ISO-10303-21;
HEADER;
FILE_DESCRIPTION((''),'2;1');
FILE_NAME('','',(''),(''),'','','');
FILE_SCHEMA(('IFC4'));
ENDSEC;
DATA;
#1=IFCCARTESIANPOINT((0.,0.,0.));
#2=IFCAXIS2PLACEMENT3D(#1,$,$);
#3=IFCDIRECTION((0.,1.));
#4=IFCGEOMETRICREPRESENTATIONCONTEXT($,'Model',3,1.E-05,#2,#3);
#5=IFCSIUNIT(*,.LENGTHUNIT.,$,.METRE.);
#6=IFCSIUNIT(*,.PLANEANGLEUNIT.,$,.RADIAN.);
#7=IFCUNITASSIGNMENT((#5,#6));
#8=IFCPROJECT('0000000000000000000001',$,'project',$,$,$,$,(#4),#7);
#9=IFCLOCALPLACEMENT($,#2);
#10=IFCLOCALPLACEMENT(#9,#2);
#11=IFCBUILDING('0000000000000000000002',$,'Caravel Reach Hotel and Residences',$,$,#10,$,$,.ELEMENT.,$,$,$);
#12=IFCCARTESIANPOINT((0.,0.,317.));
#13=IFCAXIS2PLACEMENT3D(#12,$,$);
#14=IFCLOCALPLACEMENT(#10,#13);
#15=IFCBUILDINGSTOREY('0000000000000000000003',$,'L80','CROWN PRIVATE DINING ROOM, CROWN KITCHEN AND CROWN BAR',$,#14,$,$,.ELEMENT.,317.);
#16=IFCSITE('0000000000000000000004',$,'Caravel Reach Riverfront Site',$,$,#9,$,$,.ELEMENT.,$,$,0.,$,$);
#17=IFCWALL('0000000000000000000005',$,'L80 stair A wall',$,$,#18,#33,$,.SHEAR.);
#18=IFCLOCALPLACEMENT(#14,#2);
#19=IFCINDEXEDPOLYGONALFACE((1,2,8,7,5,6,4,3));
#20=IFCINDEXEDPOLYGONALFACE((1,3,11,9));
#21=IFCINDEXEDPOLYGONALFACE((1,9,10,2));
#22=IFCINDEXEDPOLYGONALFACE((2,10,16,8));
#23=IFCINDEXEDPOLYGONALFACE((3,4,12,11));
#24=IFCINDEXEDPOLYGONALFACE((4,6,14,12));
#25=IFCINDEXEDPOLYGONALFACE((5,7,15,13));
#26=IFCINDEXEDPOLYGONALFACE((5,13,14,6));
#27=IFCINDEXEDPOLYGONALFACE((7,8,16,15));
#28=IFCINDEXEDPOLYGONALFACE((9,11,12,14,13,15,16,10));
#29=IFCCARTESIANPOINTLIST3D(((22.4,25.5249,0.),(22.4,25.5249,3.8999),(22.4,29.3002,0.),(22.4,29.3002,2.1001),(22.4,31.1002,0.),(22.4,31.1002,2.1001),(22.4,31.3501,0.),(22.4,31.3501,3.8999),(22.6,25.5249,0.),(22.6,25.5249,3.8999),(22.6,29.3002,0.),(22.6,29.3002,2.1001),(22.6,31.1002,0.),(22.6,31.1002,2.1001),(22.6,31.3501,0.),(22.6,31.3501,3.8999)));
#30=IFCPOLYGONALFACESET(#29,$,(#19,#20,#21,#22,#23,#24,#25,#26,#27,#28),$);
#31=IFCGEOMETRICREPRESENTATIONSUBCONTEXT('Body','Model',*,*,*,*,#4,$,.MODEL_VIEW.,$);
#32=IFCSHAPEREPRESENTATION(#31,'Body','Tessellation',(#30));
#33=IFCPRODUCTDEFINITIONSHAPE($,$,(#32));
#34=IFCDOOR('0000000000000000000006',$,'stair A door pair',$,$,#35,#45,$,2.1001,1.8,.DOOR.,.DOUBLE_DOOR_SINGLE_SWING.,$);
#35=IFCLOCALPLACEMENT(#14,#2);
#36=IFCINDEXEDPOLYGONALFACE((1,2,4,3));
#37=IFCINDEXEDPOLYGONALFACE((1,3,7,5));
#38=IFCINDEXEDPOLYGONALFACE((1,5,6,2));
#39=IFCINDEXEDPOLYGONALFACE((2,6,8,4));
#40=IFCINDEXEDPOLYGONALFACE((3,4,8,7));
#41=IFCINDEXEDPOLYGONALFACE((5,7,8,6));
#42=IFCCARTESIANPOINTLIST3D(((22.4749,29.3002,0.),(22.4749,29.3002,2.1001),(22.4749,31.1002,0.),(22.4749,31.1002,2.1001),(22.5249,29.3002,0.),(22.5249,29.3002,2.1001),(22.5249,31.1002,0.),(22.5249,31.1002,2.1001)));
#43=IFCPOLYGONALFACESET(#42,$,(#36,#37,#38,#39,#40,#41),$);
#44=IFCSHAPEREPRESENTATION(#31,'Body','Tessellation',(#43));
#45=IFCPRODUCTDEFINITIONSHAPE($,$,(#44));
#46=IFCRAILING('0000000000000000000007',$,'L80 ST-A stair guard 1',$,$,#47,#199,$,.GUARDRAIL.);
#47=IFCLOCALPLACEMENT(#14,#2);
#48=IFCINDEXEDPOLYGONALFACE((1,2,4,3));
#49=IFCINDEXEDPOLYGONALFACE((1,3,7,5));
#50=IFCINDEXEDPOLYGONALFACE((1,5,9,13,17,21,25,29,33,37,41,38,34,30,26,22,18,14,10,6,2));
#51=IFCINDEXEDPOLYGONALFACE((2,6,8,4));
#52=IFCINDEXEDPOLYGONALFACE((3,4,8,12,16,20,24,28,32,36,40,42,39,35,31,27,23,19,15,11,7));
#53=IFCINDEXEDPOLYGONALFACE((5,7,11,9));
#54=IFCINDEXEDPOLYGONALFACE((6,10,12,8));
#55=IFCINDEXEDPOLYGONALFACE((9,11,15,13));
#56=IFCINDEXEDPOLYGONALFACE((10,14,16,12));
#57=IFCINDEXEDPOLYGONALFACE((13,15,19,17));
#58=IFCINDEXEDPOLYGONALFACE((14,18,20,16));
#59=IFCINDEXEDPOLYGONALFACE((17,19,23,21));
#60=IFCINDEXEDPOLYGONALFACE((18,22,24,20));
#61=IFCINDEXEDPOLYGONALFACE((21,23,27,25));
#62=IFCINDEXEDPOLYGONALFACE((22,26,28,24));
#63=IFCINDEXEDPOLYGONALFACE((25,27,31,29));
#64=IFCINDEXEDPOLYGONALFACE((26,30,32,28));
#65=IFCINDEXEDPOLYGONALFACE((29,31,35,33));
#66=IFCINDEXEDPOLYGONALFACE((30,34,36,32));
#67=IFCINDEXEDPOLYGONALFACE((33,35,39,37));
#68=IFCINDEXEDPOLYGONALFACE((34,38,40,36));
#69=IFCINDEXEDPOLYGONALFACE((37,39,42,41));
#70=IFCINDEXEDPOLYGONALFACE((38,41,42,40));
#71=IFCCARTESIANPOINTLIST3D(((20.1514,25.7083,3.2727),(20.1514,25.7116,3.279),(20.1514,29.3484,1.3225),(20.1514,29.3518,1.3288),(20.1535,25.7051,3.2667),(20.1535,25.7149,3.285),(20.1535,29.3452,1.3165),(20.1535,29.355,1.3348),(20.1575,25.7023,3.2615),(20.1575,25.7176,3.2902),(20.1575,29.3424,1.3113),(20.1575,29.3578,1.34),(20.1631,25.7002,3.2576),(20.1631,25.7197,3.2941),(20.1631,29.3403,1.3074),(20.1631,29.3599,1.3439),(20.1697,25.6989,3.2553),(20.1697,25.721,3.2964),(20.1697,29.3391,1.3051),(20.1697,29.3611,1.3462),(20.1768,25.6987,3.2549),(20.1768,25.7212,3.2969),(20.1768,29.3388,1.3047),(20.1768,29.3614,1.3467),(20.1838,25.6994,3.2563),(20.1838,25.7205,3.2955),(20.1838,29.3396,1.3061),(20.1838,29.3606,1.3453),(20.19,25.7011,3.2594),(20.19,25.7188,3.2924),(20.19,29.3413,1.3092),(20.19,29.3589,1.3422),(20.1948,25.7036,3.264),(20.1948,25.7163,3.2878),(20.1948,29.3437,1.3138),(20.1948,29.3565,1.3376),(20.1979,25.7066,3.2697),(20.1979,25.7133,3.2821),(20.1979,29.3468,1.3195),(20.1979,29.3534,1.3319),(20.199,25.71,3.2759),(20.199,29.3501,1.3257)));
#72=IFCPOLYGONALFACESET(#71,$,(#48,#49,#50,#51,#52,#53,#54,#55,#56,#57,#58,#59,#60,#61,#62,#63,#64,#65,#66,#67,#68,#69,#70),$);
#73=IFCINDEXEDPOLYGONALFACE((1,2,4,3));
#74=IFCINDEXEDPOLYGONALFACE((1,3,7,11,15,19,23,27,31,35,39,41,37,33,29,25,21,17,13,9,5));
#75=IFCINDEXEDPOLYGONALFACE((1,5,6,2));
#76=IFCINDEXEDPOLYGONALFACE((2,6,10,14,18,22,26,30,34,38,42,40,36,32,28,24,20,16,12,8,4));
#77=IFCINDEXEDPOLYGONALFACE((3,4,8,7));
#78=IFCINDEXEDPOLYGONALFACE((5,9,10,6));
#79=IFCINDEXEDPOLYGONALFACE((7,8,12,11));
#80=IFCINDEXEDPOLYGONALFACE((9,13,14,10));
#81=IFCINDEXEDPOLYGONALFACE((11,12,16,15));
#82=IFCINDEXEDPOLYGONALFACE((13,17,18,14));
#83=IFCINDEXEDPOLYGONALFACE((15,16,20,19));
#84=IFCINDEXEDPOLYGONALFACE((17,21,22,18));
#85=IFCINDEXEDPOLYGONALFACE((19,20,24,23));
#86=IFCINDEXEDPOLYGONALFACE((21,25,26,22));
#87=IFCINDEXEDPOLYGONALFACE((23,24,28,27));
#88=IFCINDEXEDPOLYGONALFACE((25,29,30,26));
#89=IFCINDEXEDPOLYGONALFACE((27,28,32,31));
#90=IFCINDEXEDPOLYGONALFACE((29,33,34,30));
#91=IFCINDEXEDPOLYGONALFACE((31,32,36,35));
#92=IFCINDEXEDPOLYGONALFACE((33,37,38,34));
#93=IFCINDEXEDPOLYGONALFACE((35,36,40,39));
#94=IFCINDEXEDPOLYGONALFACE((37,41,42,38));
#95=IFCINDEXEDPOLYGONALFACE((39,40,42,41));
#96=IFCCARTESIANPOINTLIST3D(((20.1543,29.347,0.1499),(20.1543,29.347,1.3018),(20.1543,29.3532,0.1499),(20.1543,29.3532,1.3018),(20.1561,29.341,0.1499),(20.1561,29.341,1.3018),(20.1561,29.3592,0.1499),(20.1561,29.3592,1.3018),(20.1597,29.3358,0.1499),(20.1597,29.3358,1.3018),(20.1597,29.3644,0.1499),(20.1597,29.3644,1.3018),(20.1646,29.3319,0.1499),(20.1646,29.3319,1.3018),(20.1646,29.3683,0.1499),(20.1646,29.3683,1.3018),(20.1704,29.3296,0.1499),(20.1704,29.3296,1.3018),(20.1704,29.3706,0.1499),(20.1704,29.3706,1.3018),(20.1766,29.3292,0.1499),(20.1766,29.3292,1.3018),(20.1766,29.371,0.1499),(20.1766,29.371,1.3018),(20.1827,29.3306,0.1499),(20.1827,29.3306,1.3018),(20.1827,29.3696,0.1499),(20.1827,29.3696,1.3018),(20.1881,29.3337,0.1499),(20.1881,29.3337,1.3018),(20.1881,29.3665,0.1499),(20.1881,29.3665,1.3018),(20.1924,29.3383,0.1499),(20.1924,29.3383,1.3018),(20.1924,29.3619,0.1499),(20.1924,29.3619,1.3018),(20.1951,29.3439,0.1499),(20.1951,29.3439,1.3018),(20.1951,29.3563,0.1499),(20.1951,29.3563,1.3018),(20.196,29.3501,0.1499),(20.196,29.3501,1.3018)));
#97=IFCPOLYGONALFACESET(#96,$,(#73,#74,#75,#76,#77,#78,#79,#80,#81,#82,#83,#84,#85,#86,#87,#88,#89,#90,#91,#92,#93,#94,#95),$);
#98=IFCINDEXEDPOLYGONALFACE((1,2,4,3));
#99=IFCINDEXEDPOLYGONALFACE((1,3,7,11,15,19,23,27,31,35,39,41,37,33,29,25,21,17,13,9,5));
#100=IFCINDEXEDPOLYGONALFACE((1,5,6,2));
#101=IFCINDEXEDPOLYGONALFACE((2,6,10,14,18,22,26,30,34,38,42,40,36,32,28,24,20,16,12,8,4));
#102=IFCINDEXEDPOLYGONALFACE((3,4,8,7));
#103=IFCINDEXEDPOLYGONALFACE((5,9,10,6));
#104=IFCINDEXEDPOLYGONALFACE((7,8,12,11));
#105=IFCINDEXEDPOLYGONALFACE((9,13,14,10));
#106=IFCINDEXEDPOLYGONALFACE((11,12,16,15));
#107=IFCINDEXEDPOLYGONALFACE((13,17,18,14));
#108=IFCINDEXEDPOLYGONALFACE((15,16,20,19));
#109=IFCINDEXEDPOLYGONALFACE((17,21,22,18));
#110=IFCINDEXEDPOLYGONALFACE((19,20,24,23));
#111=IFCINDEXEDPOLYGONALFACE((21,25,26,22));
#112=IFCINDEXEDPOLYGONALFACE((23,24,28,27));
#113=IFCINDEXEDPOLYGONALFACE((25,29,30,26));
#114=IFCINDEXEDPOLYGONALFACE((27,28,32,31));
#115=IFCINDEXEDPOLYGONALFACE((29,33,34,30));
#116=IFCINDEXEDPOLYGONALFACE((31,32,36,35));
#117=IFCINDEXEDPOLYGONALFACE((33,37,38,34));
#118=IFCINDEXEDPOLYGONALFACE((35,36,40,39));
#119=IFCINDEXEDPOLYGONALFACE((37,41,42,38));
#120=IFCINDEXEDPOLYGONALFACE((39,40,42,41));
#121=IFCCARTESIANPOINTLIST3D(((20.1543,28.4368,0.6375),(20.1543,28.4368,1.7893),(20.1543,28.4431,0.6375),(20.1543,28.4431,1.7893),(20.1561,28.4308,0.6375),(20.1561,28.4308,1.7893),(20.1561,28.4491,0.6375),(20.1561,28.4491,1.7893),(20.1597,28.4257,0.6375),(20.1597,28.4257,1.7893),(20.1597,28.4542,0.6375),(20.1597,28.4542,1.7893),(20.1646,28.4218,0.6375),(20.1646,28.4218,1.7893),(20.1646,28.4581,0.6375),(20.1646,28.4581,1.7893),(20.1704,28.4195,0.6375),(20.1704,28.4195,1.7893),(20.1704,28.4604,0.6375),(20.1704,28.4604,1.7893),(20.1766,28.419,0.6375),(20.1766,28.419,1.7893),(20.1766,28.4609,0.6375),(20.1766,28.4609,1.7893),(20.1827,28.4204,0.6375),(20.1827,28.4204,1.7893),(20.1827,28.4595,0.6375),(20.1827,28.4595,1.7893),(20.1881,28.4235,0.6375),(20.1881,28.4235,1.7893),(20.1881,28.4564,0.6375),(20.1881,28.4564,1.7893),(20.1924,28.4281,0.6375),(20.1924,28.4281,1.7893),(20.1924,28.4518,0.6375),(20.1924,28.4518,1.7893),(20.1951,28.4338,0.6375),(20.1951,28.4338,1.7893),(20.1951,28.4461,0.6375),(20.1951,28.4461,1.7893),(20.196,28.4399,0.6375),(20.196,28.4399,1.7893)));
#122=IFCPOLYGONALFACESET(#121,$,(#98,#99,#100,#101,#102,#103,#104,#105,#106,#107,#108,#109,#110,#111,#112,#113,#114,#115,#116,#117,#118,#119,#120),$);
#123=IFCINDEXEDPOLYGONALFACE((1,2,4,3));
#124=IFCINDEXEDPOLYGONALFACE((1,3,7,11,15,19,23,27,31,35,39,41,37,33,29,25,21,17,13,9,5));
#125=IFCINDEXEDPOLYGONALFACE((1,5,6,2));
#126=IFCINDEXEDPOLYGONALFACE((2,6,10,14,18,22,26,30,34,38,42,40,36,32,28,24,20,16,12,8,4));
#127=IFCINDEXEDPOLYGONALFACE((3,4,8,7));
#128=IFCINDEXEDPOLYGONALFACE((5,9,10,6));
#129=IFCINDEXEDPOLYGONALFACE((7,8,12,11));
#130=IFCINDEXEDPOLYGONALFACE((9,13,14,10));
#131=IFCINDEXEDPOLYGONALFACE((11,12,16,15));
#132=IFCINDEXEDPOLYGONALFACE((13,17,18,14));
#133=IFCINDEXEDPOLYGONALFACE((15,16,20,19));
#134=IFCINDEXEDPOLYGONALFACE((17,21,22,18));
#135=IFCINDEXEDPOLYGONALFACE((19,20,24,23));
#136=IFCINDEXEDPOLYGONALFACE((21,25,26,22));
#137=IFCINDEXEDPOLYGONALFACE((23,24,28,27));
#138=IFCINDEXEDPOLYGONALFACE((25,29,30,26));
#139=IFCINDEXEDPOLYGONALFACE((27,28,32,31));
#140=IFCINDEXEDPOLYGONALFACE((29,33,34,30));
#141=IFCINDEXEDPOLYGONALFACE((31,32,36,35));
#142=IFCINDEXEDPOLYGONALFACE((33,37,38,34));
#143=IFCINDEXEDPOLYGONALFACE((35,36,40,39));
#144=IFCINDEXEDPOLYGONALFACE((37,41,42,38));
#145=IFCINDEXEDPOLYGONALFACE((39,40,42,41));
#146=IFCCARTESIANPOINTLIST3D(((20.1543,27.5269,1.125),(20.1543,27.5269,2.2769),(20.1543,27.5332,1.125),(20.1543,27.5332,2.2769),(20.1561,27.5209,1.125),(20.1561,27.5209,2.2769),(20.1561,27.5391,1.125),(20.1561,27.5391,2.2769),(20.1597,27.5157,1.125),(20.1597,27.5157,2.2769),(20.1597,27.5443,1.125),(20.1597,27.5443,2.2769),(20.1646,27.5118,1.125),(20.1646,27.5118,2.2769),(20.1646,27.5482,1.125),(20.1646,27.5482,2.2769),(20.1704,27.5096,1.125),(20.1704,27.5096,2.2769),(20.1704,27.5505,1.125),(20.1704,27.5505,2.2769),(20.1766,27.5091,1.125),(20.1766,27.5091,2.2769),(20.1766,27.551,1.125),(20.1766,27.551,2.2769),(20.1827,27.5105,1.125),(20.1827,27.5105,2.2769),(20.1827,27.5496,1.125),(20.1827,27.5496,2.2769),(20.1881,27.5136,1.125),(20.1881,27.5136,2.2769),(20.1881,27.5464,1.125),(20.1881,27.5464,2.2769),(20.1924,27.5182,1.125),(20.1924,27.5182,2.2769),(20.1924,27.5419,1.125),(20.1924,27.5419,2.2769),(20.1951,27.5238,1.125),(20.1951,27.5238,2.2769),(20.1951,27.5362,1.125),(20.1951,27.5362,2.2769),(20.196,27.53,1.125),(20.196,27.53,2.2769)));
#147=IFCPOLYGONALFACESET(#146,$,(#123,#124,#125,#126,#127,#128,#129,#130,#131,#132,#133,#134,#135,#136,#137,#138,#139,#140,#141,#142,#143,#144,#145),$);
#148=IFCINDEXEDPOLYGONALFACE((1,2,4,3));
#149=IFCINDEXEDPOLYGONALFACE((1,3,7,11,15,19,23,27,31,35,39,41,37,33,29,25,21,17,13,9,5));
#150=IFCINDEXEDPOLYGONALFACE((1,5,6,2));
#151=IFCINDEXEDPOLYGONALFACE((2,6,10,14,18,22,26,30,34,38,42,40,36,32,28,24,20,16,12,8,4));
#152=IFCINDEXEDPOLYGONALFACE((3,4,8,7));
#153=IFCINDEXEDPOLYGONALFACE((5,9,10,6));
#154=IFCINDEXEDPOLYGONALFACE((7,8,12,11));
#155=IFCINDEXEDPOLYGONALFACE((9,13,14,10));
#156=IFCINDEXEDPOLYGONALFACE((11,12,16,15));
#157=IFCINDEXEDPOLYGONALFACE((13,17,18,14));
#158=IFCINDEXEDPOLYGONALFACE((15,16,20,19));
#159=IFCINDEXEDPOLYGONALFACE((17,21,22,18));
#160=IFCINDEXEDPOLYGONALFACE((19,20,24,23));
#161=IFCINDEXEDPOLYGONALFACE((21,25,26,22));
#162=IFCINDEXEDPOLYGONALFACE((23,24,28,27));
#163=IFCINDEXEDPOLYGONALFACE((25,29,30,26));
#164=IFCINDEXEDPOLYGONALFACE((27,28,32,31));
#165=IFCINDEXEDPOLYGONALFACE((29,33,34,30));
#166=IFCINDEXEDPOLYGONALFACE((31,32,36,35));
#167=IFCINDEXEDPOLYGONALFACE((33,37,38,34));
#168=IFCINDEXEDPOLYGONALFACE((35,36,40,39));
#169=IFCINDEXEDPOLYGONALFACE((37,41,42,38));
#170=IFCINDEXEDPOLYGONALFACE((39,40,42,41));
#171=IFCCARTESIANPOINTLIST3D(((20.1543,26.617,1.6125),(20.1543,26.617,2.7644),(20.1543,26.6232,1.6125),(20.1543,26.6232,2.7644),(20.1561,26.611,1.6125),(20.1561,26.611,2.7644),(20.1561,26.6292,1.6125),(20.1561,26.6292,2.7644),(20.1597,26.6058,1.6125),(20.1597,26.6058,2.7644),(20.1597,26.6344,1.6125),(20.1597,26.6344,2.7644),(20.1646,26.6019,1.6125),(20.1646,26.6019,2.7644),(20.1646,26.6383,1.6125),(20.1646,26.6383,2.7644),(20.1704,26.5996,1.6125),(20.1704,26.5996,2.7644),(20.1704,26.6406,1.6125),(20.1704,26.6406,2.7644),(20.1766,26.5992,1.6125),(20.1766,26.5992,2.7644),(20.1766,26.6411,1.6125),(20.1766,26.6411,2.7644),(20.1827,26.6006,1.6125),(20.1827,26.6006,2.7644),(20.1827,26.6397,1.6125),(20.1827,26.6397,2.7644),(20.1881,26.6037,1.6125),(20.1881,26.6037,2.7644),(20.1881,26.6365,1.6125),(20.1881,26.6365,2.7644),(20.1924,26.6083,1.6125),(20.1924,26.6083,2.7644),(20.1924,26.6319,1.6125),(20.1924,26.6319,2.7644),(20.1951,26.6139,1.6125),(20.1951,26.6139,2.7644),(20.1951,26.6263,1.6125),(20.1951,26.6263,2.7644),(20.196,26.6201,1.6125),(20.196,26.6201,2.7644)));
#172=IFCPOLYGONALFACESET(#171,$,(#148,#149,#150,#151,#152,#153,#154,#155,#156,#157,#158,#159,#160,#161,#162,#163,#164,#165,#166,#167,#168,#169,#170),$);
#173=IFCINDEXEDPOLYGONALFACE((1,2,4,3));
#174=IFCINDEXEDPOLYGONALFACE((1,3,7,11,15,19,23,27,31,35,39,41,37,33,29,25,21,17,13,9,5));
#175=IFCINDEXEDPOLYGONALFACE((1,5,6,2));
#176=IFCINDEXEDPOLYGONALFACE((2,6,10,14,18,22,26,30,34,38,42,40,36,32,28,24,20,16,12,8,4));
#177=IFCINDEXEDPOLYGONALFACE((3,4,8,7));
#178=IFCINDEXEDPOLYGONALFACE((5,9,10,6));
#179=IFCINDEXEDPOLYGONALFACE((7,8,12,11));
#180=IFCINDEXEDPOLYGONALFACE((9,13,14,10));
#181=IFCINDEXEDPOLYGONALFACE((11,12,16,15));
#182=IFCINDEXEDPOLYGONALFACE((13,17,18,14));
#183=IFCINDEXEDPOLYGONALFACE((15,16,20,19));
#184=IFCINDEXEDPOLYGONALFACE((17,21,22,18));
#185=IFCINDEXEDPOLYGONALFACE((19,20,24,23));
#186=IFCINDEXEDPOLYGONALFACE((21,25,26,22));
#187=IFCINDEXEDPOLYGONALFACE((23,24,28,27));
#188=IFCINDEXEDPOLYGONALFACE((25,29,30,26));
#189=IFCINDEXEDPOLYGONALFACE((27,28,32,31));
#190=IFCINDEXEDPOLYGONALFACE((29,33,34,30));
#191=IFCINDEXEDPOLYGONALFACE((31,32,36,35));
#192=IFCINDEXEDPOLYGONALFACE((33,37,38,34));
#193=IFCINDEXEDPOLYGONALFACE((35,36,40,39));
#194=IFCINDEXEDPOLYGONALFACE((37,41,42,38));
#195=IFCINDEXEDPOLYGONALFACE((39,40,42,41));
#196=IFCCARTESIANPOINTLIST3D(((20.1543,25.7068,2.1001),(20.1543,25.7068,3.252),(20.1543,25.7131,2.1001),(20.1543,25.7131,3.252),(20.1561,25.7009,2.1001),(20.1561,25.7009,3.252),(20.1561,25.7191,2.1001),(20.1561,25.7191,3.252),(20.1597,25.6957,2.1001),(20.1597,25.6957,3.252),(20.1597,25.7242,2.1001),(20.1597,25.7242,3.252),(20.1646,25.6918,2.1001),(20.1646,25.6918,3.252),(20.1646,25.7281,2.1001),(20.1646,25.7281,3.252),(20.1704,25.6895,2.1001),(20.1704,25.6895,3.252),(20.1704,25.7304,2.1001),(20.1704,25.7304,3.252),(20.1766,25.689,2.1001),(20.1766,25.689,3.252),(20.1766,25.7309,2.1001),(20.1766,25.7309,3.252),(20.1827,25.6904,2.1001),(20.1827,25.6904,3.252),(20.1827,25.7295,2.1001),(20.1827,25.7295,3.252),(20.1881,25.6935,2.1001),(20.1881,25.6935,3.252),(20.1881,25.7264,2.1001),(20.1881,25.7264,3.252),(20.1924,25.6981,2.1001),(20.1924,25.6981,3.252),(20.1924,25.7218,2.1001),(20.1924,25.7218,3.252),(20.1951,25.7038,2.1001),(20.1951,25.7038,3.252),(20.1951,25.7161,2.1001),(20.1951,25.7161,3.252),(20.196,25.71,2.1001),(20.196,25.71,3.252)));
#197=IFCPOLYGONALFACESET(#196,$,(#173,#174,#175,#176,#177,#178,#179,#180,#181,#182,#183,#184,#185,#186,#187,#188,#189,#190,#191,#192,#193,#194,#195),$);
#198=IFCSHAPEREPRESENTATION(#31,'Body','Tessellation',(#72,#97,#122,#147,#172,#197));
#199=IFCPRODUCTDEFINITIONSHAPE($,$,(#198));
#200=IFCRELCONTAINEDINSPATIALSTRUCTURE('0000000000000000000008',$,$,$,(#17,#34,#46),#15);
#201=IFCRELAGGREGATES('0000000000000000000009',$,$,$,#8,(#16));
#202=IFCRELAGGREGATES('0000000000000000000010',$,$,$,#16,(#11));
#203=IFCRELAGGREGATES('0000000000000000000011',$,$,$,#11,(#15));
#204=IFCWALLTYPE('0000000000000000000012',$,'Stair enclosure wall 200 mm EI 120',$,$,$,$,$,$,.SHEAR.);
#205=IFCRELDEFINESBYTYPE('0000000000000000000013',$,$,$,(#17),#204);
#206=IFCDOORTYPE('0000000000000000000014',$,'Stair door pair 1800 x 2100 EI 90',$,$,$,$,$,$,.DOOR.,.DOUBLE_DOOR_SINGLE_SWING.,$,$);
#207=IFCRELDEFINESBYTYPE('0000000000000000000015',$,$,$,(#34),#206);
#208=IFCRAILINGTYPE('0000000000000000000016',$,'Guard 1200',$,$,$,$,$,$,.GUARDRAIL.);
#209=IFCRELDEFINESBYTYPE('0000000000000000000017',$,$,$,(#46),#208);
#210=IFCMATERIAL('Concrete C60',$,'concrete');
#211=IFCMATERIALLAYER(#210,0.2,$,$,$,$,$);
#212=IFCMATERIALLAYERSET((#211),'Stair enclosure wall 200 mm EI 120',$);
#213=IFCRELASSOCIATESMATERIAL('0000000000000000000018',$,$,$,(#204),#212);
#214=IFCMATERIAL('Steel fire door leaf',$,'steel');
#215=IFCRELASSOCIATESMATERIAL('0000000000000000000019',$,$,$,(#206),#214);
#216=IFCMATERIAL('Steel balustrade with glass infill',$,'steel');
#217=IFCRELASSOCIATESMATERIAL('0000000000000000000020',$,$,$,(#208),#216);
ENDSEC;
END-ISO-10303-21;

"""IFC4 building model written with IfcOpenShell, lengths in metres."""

from ifc_helpers import new_model, si_unit, direction, frame, frame_2d, origin, origin_2d, place, context, subcontext, project, spatial, rectangle, circle, extrude, material, layer, layer_set, type_object, element, fill, save


model = new_model("IFC4")

# Units and contexts
model_context = context("Model", 3, precision=1e-05, world=origin(), true_north=direction((0.0, 1.0)))
body_context = subcontext(model_context, "Body", "Model", "MODEL_VIEW")
ifc_project = project(units=[si_unit("LENGTHUNIT", "METRE"), si_unit("PLANEANGLEUNIT", "RADIAN")], contexts=[model_context])

# Site, building, storey
site_placement = place(None, origin())
site = spatial("IfcSite", under=ifc_project, at=site_placement, Name="Caravel Reach Riverfront Site", CompositionType="ELEMENT", RefElevation=0.0)
building_placement = place(site_placement, origin())
building = spatial("IfcBuilding", under=site, at=building_placement, Name="Caravel Reach Hotel and Residences", CompositionType="ELEMENT")
storey_placement = place(building_placement, frame((0.0, 0.0, 317.0)))
storey = spatial("IfcBuildingStorey", under=building, at=storey_placement, Name="L80", Description="CROWN PRIVATE DINING ROOM, CROWN KITCHEN AND CROWN BAR", CompositionType="ELEMENT", Elevation=317.0)

# Wall, opening, door
ifc_material_1 = material(Name="Concrete C60", Category="concrete")
ifc_layer_1 = layer(ifc_material_1, 0.2)
ifc_layer_set_1 = layer_set([ifc_layer_1], Name="Stair enclosure wall 200 mm EI 120")
wall_type_1 = type_object("IfcWallType", Name="Stair enclosure wall 200 mm EI 120", PredefinedType="SHEAR", material=ifc_layer_set_1)
wall_1_placement = place(storey_placement, frame((22.5, 31.3501, 0.0), z_axis=(0.0, 0.0, 1.0), x_axis=(0.0, -1.0, 0.0)))
wall_1 = element("IfcWall", 1, at=wall_1_placement, inside=storey, type_object=wall_type_1, Name="L80 stair A wall", PredefinedType="SHEAR", context=body_context, shape_type="SweptSolid", body=[
    extrude(rectangle(XDim=5.8252, YDim=0.2, at=frame_2d((2.9126, 0.0))), origin(), (0.0, 0.0, 1.0), 3.8999),
])
opening_1_placement = place(wall_1_placement, frame((0.25, 0.0, 0.0)))
opening_1 = element("IfcOpeningElement", 2, at=opening_1_placement, cuts=wall_1, PredefinedType="OPENING", context=body_context, shape_type="SweptSolid", body=[
    extrude(rectangle(XDim=1.8, YDim=2.1001, at=frame_2d((0.8999, 1.05))), frame((0.0, 0.1099, 0.0), z_axis=(0.0, -1.0, 0.0), x_axis=(1.0, 0.0, 0.0)), (0.0, 0.0, 1.0), 0.22),
])
ifc_material_2 = material(Name="Steel fire door leaf", Category="steel")
door_type_1 = type_object("IfcDoorType", Name="Stair door pair 1800 x 2100 EI 90", OperationType="DOUBLE_DOOR_SINGLE_SWING", PredefinedType="DOOR", material=ifc_material_2)
door_1_placement = place(opening_1_placement, origin())
door_1 = element("IfcDoor", 3, at=door_1_placement, inside=storey, type_object=door_type_1, Name="stair A door pair", OperationType="DOUBLE_DOOR_SINGLE_SWING", OverallHeight=2.1001, OverallWidth=1.8, PredefinedType="DOOR", context=body_context, shape_type="SweptSolid", body=[
    extrude(rectangle(XDim=1.8, YDim=2.1001, at=frame_2d((0.8999, 1.05))), frame((0.0, 0.0249, 0.0), z_axis=(0.0, -1.0, 0.0), x_axis=(1.0, 0.0, 0.0)), (0.0, 0.0, 1.0), 0.05),
])
fill(opening_1, door_1)

# Railing
ifc_material_3 = material(Name="Steel balustrade with glass infill", Category="steel")
railing_type_1 = type_object("IfcRailingType", Name="Guard 1200", PredefinedType="GUARDRAIL", material=ifc_material_3)
railing_1_placement = place(storey_placement, frame((20.175, 29.3501, 0.1499)))
element("IfcRailing", 4, at=railing_1_placement, inside=storey, type_object=railing_type_1, Name="L80 ST-A stair guard 1", PredefinedType="GUARDRAIL", context=body_context, shape_type="SweptSolid", body=[
    extrude(circle(Radius=0.0239, at=origin_2d()), frame((0.0, 0.0, 1.1758), z_axis=(0.0, -0.881468, 0.472244), x_axis=(1.0, 0.0, 0.0)), (0.0, 0.0, 1.0), 4.1296),
    extrude(circle(Radius=0.021, at=origin_2d()), origin(), (0.0, 0.0, 1.0), 1.1519),
    extrude(circle(Radius=0.021, at=origin_2d()), frame((0.0, -0.9102, 0.4875)), (0.0, 0.0, 1.0), 1.1519),
    extrude(circle(Radius=0.021, at=origin_2d()), frame((0.0, -1.8201, 0.9751)), (0.0, 0.0, 1.0), 1.1519),
    extrude(circle(Radius=0.021, at=origin_2d()), frame((0.0, -2.73, 1.4626)), (0.0, 0.0, 1.0), 1.1519),
    extrude(circle(Radius=0.021, at=origin_2d()), frame((0.0, -3.6401, 1.9502)), (0.0, 0.0, 1.0), 1.1519),
])

save(model, "model.ifc")
